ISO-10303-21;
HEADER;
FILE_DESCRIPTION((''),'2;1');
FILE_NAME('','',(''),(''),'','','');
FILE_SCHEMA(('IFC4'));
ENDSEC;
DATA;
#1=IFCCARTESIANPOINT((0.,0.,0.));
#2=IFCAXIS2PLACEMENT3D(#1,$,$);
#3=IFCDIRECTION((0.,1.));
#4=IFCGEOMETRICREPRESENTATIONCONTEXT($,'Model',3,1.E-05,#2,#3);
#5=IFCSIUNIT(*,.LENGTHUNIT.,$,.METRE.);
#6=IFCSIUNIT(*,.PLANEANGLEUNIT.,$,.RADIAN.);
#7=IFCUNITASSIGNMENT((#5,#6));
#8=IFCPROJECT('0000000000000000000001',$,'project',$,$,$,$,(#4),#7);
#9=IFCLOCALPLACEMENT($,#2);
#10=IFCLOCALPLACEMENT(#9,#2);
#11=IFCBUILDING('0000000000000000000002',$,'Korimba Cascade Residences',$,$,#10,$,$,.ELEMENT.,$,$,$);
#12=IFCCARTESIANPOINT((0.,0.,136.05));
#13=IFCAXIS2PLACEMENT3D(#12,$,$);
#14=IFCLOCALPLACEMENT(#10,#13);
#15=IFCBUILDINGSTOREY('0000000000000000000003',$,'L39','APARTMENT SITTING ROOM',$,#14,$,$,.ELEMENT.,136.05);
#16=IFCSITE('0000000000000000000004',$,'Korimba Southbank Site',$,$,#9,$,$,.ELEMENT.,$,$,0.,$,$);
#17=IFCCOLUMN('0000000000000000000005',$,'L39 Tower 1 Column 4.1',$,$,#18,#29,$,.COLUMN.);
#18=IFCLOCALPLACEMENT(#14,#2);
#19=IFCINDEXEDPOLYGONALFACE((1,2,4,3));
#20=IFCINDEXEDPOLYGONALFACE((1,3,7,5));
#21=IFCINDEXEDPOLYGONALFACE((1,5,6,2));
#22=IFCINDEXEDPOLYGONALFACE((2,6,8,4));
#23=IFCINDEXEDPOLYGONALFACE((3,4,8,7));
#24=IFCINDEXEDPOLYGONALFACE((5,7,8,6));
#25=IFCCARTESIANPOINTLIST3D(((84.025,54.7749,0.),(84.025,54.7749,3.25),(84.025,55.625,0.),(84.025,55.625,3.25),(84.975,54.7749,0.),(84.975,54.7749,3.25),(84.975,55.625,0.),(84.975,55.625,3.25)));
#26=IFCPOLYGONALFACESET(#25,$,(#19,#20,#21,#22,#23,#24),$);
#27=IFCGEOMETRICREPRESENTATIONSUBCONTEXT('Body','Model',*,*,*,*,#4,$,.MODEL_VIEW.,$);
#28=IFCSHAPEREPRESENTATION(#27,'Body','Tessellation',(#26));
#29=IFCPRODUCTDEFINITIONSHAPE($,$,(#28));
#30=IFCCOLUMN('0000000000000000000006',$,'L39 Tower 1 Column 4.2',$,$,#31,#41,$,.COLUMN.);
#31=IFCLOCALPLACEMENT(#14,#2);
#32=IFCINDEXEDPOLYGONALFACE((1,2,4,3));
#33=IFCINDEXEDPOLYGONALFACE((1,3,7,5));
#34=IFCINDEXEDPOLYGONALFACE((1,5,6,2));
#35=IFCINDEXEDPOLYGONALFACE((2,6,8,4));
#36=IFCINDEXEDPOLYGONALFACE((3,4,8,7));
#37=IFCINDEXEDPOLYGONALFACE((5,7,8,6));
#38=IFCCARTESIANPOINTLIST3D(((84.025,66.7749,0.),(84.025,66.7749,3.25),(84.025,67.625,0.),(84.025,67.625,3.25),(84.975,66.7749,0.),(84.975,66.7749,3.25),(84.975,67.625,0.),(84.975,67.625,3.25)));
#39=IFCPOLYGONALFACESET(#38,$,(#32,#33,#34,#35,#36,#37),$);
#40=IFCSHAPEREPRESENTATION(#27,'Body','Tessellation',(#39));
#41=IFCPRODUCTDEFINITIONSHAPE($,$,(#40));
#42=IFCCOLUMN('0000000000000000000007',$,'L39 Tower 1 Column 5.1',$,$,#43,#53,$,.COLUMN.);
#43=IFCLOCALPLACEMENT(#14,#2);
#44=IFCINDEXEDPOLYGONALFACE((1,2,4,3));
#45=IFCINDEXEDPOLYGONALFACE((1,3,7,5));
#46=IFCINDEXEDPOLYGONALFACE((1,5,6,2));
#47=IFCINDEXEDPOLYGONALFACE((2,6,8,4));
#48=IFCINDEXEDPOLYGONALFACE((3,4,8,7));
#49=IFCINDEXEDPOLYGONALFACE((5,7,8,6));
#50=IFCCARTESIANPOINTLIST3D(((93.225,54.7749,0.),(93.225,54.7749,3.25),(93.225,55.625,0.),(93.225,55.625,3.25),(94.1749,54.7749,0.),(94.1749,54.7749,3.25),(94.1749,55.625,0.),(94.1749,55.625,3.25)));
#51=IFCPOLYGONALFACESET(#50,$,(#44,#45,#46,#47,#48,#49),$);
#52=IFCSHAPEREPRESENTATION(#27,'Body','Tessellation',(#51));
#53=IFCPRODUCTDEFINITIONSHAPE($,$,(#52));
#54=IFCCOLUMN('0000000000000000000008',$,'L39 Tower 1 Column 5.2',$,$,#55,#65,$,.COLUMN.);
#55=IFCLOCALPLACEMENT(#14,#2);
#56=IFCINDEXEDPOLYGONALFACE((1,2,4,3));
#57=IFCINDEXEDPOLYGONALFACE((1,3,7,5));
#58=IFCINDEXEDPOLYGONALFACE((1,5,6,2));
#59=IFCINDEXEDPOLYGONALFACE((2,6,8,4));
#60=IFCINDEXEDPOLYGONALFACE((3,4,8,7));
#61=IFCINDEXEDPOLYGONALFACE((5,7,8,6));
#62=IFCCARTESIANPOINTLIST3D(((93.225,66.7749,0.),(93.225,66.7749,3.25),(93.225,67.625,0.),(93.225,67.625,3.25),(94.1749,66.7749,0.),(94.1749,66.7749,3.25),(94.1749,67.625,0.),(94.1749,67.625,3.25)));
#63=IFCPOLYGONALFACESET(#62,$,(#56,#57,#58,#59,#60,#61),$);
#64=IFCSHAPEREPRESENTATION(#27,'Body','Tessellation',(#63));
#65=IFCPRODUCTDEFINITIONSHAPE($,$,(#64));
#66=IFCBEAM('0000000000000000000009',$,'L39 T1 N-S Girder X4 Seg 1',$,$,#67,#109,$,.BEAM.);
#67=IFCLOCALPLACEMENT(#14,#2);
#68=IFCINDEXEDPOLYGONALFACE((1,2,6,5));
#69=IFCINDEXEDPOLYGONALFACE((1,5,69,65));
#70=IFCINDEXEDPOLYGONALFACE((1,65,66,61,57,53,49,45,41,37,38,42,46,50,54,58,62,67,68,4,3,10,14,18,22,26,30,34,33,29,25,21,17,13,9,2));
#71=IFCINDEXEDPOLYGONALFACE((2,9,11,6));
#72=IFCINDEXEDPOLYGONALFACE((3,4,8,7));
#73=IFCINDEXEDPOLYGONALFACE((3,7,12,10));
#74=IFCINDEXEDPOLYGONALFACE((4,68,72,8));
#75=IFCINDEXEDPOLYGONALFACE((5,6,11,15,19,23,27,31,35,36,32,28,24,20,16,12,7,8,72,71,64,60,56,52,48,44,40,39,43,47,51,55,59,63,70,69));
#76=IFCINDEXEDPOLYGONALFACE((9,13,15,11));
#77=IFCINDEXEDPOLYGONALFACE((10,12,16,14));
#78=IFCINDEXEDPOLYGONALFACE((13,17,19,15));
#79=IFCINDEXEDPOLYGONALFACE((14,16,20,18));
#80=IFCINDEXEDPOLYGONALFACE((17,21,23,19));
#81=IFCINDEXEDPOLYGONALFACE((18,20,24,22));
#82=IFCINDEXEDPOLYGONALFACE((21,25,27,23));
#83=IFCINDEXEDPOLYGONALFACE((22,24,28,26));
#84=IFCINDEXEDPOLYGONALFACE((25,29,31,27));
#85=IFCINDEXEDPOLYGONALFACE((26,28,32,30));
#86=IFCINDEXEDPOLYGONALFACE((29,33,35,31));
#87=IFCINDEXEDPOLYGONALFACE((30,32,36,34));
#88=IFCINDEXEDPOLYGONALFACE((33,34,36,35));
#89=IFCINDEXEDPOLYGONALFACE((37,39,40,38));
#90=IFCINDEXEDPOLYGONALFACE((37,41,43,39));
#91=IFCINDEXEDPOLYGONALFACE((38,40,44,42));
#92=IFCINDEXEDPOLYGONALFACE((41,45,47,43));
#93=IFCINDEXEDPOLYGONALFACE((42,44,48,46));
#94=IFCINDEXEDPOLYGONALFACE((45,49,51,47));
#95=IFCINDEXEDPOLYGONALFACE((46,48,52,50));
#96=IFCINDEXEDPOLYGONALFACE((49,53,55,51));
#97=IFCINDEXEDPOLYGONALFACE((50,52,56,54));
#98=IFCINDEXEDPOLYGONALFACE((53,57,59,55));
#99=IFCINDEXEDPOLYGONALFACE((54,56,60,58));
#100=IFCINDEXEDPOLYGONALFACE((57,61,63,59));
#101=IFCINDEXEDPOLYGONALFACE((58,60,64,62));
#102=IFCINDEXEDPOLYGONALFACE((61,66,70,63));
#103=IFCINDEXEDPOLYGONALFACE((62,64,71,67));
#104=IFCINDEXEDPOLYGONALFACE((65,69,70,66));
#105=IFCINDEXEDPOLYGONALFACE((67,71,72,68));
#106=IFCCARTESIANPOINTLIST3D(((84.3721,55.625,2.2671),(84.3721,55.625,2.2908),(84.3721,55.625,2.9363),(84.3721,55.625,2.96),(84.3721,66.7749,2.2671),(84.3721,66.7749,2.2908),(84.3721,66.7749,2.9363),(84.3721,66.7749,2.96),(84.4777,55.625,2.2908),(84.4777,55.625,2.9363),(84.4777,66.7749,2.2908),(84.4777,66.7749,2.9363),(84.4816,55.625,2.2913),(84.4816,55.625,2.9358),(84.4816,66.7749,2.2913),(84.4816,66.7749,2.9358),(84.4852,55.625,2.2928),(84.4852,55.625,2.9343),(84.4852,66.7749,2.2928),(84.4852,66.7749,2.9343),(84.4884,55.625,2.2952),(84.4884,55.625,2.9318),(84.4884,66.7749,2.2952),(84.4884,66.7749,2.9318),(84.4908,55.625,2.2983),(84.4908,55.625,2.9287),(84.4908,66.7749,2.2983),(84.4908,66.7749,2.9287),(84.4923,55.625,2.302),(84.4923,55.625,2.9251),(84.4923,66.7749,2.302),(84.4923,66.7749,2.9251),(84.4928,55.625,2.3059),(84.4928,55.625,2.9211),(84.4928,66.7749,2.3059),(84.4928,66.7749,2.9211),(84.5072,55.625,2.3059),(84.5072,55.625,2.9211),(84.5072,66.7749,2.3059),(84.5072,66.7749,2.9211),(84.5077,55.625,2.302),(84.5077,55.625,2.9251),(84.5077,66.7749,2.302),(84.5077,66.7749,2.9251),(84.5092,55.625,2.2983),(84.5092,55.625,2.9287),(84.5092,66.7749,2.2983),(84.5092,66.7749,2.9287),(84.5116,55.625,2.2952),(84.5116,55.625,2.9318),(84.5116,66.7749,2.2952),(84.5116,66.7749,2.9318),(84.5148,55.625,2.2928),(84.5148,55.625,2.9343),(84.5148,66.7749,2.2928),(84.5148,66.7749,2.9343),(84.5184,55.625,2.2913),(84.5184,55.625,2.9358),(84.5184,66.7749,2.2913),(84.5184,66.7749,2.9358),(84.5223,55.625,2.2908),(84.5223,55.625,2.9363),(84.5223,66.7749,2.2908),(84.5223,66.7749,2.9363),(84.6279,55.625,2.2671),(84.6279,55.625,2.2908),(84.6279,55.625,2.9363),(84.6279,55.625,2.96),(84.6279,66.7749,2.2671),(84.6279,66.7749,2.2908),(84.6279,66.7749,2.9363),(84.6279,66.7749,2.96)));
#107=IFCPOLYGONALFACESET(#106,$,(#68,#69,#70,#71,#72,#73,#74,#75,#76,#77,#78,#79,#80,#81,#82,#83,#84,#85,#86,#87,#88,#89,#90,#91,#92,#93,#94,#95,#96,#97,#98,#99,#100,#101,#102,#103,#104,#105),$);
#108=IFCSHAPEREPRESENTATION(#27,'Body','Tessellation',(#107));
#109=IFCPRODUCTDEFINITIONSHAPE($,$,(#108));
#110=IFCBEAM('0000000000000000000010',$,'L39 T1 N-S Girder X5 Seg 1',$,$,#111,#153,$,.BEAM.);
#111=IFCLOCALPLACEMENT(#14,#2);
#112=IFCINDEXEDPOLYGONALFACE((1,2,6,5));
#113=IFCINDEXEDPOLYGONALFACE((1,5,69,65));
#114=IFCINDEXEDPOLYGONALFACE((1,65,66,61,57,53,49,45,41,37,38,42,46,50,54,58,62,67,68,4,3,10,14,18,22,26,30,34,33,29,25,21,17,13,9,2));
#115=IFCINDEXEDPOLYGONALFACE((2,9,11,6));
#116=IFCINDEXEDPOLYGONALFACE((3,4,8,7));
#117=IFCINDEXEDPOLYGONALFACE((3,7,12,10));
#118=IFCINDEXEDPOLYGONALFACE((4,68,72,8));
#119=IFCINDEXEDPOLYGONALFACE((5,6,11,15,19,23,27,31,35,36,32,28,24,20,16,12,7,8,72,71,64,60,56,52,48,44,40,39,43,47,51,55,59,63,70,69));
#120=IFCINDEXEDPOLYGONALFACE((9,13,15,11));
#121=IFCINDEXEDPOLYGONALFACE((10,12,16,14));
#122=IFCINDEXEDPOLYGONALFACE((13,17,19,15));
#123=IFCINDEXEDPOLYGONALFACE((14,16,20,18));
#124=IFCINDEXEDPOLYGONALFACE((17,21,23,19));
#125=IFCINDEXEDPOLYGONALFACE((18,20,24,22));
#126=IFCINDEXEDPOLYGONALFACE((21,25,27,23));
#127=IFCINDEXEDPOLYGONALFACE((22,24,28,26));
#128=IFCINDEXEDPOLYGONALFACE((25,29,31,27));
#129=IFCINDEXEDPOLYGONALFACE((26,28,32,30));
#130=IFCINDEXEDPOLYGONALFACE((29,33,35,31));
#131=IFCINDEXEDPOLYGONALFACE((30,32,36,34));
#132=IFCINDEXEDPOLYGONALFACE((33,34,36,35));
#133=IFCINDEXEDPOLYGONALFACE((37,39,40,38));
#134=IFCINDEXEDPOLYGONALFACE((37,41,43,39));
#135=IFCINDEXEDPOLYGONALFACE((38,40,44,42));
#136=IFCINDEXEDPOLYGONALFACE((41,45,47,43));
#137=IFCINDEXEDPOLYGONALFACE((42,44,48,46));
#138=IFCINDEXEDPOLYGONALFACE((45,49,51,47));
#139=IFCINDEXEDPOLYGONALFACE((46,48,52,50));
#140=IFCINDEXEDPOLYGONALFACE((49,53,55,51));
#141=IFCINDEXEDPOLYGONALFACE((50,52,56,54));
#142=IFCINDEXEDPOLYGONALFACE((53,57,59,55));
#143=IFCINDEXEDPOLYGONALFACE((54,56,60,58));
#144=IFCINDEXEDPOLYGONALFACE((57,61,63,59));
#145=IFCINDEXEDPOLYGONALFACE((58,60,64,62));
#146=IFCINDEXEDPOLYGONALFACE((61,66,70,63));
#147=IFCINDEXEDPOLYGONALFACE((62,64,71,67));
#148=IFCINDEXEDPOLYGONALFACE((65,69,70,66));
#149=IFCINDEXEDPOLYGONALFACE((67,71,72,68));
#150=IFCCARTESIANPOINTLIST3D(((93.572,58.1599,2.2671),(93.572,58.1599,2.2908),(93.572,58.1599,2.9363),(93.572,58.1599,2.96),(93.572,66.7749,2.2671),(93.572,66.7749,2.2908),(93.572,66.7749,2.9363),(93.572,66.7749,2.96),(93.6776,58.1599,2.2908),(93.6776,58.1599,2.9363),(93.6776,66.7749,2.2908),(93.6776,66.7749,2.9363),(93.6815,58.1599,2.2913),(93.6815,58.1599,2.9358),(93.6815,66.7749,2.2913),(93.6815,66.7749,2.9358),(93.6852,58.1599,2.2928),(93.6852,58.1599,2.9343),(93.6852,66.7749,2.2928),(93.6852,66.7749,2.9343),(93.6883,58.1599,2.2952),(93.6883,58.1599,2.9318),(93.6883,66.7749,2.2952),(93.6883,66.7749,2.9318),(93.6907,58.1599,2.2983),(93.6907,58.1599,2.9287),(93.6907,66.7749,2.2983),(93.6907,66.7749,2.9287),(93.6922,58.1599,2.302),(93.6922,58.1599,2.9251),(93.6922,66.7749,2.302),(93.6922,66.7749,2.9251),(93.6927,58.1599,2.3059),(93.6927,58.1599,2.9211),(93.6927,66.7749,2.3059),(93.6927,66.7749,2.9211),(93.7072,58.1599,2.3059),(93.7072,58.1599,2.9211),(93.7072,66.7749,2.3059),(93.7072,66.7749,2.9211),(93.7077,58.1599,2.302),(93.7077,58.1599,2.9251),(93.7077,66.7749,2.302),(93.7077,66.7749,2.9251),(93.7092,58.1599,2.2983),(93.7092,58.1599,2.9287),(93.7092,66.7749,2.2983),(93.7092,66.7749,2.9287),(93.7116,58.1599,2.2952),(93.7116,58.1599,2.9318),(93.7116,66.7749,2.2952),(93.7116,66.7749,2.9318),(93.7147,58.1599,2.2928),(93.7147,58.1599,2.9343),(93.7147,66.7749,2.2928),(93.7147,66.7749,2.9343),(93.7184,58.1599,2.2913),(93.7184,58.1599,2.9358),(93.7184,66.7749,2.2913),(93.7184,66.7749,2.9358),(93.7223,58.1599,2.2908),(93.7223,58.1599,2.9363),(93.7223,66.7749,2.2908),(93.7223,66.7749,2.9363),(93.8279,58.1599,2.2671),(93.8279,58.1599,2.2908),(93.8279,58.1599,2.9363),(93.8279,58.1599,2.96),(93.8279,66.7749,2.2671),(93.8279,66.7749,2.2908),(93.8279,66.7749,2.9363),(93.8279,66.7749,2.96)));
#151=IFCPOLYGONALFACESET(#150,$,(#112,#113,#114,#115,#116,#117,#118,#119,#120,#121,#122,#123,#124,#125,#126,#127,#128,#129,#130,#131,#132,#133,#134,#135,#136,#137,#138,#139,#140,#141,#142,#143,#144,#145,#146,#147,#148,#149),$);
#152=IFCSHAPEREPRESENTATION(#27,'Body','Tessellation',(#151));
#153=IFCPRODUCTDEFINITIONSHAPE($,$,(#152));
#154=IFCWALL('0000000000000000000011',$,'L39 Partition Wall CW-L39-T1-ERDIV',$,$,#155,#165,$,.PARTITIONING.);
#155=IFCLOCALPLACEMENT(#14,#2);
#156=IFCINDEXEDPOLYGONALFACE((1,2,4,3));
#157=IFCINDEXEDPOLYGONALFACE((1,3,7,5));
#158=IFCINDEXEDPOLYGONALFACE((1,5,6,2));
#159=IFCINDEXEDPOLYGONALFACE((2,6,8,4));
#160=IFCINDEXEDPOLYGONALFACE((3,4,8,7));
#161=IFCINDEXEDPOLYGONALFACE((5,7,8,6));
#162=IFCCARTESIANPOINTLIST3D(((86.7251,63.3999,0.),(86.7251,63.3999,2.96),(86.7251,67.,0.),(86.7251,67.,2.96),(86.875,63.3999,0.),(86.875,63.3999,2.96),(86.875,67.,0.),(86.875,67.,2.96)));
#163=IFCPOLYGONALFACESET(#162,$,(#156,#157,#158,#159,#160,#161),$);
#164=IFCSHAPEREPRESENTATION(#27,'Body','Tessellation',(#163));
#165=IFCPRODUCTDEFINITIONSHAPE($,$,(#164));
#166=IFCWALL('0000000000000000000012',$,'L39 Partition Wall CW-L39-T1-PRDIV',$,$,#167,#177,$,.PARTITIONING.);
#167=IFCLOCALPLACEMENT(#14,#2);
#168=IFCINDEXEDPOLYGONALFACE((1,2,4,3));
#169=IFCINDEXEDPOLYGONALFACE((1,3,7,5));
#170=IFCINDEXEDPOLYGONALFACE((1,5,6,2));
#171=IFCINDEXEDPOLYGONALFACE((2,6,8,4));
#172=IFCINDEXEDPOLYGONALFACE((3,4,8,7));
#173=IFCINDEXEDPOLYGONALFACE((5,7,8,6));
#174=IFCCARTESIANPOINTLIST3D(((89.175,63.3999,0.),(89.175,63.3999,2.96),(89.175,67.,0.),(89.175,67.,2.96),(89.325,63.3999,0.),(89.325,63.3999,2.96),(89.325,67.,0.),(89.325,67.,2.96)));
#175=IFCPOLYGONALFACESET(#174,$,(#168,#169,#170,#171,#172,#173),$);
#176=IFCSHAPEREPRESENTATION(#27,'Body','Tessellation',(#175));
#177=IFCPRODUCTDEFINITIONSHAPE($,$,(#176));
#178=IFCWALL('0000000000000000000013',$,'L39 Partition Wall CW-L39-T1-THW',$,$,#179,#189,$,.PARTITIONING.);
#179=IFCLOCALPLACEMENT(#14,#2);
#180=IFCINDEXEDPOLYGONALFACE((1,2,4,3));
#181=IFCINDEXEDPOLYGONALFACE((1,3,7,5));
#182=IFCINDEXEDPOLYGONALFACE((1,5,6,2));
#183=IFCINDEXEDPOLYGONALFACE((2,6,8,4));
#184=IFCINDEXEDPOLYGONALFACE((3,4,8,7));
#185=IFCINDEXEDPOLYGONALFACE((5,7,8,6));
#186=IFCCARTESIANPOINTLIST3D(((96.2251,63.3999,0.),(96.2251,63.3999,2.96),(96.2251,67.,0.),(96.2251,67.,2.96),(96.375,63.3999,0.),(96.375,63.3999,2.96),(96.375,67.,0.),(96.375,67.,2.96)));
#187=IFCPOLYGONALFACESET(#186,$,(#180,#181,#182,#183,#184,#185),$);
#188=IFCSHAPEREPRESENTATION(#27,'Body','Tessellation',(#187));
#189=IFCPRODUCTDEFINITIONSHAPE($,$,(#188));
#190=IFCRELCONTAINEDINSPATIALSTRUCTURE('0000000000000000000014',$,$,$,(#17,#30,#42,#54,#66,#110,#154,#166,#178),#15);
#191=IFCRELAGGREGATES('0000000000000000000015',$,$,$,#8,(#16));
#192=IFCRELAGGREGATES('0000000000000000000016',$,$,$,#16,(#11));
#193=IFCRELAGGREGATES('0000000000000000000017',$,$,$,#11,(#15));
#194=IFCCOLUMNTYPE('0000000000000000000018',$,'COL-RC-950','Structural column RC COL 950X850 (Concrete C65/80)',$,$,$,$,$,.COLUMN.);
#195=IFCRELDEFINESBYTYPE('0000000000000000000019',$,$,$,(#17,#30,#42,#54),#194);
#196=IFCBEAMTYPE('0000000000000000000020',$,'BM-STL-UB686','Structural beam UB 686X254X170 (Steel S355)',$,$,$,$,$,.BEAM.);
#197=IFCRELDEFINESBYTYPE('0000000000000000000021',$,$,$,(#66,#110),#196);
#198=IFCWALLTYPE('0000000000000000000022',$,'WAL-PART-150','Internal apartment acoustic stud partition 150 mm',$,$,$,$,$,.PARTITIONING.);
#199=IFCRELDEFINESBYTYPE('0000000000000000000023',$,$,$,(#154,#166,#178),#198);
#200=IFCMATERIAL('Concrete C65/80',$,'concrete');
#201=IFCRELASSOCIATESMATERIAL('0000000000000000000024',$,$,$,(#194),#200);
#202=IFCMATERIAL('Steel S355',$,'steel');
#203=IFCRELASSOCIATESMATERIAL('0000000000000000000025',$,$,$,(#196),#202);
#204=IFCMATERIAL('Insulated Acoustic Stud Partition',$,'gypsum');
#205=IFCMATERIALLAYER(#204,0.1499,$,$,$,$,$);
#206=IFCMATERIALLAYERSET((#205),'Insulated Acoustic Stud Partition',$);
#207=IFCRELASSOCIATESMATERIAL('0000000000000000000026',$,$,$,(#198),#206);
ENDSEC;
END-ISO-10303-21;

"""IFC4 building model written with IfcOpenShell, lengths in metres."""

from ifc_helpers import new_model, si_unit, direction, frame, frame_2d, origin, origin_2d, place, context, subcontext, project, spatial, rectangle, i_section, extrude, material, layer, layer_set, material_profile, profile_set, type_object, element, save


model = new_model("IFC4")

# Units and contexts
model_context = context("Model", 3, precision=1e-05, world=origin(), true_north=direction((0.0, 1.0)))
body_context = subcontext(model_context, "Body", "Model", "MODEL_VIEW")
ifc_project = project(units=[si_unit("LENGTHUNIT", "METRE"), si_unit("PLANEANGLEUNIT", "RADIAN")], contexts=[model_context])

# Site, building, storey
site_placement = place(None, origin())
site = spatial("IfcSite", under=ifc_project, at=site_placement, Name="Korimba Southbank Site", CompositionType="ELEMENT", RefElevation=0.0)
building_placement = place(site_placement, origin())
building = spatial("IfcBuilding", under=site, at=building_placement, Name="Korimba Cascade Residences", CompositionType="ELEMENT")
storey_placement = place(building_placement, frame((0.0, 0.0, 136.05)))
storey = spatial("IfcBuildingStorey", under=building, at=storey_placement, Name="L39", Description="APARTMENT SITTING ROOM", CompositionType="ELEMENT", Elevation=136.05)

# Columns
ifc_material_1 = material(Name="Concrete C65/80", Category="concrete")
ifc_material_profile_1 = material_profile(ifc_material_1, rectangle(XDim=0.95, YDim=0.8501, at=origin_2d()), Name="Concrete C65/80")
ifc_profile_set_1 = profile_set([ifc_material_profile_1], Name="Concrete C65/80")
column_type = type_object("IfcColumnType", Name="COL-RC-950", Description="Structural column RC COL 950X850 (Concrete C65/80)", PredefinedType="COLUMN", material=ifc_profile_set_1)
for number, where, z_axis, x_axis, name in (
    (1, (84.5, 55.2, 0.0), (0.0, 0.0, 1.0), (1.0, 0.0, 0.0), "L39 Tower 1 Column 4.1"),
    (2, (84.5, 67.2, 0.0), (0.0, 0.0, 1.0), (1.0, 0.0, 0.0), "L39 Tower 1 Column 4.2"),
    (3, (93.7, 55.2, 0.0), (0.0, 0.0, 1.0), (1.0, 0.0, 0.0), "L39 Tower 1 Column 5.1"),
    (4, (93.7, 67.2, 0.0), (0.0, 0.0, 1.0), (1.0, 0.0, 0.0), "L39 Tower 1 Column 5.2"),
):
    element("IfcColumn", number, at=place(storey_placement, frame(where, z_axis=z_axis, x_axis=x_axis)), inside=storey, type_object=column_type, Name=name, PredefinedType="COLUMN", context=body_context, shape_type="SweptSolid", body=[
        extrude(rectangle(XDim=0.95, YDim=0.8501, at=origin_2d()), origin(), (0.0, 0.0, 1.0), 3.25),
    ])

# Beams
ifc_material_2 = material(Name="Steel S355", Category="steel")
ifc_material_profile_2 = material_profile(ifc_material_2, i_section(OverallWidth=0.2559, OverallDepth=0.6929, WebThickness=0.0144, FlangeThickness=0.0237, FilletRadius=0.0151, at=origin_2d()), Name="Steel S355")
ifc_profile_set_2 = profile_set([ifc_material_profile_2], Name="Steel S355")
beam_type = type_object("IfcBeamType", Name="BM-STL-UB686", Description="Structural beam UB 686X254X170 (Steel S355)", PredefinedType="BEAM", material=ifc_profile_set_2)
beam_1_placement = place(storey_placement, frame((84.5, 55.625, 2.6135), z_axis=(0.0, 1.0, 0.0), x_axis=(-1.0, 0.0, 0.0)))
element("IfcBeam", 5, at=beam_1_placement, inside=storey, type_object=beam_type, Name="L39 T1 N-S Girder X4 Seg 1", PredefinedType="BEAM", context=body_context, shape_type="SweptSolid", body=[
    extrude(i_section(OverallWidth=0.2559, OverallDepth=0.6929, WebThickness=0.0144, FlangeThickness=0.0237, FilletRadius=0.0151, at=origin_2d()), origin(), (0.0, 0.0, 1.0), 11.1499),
])
beam_2_placement = place(storey_placement, frame((93.7, 58.1599, 2.6135), z_axis=(0.0, 1.0, 0.0), x_axis=(-1.0, 0.0, 0.0)))
element("IfcBeam", 6, at=beam_2_placement, inside=storey, type_object=beam_type, Name="L39 T1 N-S Girder X5 Seg 1", PredefinedType="BEAM", context=body_context, shape_type="SweptSolid", body=[
    extrude(i_section(OverallWidth=0.2559, OverallDepth=0.6929, WebThickness=0.0144, FlangeThickness=0.0237, FilletRadius=0.0151, at=origin_2d()), origin(), (0.0, 0.0, 1.0), 8.615),
])

# Walls
ifc_material_3 = material(Name="Insulated Acoustic Stud Partition", Category="gypsum")
ifc_layer_1 = layer(ifc_material_3, 0.1499)
ifc_layer_set_1 = layer_set([ifc_layer_1], Name="Insulated Acoustic Stud Partition")
wall_type_1 = type_object("IfcWallType", Name="WAL-PART-150", Description="Internal apartment acoustic stud partition 150 mm", PredefinedType="PARTITIONING", material=ifc_layer_set_1)
for number, where, z_axis, x_axis, name in (
    (7, (86.8, 63.3999, 0.0), (0.0, 0.0, 1.0), (0.0, 1.0, 0.0), "L39 Partition Wall CW-L39-T1-ERDIV"),
    (8, (89.25, 63.3999, 0.0), (0.0, 0.0, 1.0), (0.0, 1.0, 0.0), "L39 Partition Wall CW-L39-T1-PRDIV"),
    (9, (96.3, 63.3999, 0.0), (0.0, 0.0, 1.0), (0.0, 1.0, 0.0), "L39 Partition Wall CW-L39-T1-THW"),
):
    element("IfcWall", number, at=place(storey_placement, frame(where, z_axis=z_axis, x_axis=x_axis)), inside=storey, type_object=wall_type_1, Name=name, PredefinedType="PARTITIONING", context=body_context, shape_type="SweptSolid", body=[
        extrude(rectangle(XDim=3.6001, YDim=0.1499, at=frame_2d((1.8, 0.0))), origin(), (0.0, 0.0, 1.0), 2.96),
    ])

save(model, "model.ifc")
